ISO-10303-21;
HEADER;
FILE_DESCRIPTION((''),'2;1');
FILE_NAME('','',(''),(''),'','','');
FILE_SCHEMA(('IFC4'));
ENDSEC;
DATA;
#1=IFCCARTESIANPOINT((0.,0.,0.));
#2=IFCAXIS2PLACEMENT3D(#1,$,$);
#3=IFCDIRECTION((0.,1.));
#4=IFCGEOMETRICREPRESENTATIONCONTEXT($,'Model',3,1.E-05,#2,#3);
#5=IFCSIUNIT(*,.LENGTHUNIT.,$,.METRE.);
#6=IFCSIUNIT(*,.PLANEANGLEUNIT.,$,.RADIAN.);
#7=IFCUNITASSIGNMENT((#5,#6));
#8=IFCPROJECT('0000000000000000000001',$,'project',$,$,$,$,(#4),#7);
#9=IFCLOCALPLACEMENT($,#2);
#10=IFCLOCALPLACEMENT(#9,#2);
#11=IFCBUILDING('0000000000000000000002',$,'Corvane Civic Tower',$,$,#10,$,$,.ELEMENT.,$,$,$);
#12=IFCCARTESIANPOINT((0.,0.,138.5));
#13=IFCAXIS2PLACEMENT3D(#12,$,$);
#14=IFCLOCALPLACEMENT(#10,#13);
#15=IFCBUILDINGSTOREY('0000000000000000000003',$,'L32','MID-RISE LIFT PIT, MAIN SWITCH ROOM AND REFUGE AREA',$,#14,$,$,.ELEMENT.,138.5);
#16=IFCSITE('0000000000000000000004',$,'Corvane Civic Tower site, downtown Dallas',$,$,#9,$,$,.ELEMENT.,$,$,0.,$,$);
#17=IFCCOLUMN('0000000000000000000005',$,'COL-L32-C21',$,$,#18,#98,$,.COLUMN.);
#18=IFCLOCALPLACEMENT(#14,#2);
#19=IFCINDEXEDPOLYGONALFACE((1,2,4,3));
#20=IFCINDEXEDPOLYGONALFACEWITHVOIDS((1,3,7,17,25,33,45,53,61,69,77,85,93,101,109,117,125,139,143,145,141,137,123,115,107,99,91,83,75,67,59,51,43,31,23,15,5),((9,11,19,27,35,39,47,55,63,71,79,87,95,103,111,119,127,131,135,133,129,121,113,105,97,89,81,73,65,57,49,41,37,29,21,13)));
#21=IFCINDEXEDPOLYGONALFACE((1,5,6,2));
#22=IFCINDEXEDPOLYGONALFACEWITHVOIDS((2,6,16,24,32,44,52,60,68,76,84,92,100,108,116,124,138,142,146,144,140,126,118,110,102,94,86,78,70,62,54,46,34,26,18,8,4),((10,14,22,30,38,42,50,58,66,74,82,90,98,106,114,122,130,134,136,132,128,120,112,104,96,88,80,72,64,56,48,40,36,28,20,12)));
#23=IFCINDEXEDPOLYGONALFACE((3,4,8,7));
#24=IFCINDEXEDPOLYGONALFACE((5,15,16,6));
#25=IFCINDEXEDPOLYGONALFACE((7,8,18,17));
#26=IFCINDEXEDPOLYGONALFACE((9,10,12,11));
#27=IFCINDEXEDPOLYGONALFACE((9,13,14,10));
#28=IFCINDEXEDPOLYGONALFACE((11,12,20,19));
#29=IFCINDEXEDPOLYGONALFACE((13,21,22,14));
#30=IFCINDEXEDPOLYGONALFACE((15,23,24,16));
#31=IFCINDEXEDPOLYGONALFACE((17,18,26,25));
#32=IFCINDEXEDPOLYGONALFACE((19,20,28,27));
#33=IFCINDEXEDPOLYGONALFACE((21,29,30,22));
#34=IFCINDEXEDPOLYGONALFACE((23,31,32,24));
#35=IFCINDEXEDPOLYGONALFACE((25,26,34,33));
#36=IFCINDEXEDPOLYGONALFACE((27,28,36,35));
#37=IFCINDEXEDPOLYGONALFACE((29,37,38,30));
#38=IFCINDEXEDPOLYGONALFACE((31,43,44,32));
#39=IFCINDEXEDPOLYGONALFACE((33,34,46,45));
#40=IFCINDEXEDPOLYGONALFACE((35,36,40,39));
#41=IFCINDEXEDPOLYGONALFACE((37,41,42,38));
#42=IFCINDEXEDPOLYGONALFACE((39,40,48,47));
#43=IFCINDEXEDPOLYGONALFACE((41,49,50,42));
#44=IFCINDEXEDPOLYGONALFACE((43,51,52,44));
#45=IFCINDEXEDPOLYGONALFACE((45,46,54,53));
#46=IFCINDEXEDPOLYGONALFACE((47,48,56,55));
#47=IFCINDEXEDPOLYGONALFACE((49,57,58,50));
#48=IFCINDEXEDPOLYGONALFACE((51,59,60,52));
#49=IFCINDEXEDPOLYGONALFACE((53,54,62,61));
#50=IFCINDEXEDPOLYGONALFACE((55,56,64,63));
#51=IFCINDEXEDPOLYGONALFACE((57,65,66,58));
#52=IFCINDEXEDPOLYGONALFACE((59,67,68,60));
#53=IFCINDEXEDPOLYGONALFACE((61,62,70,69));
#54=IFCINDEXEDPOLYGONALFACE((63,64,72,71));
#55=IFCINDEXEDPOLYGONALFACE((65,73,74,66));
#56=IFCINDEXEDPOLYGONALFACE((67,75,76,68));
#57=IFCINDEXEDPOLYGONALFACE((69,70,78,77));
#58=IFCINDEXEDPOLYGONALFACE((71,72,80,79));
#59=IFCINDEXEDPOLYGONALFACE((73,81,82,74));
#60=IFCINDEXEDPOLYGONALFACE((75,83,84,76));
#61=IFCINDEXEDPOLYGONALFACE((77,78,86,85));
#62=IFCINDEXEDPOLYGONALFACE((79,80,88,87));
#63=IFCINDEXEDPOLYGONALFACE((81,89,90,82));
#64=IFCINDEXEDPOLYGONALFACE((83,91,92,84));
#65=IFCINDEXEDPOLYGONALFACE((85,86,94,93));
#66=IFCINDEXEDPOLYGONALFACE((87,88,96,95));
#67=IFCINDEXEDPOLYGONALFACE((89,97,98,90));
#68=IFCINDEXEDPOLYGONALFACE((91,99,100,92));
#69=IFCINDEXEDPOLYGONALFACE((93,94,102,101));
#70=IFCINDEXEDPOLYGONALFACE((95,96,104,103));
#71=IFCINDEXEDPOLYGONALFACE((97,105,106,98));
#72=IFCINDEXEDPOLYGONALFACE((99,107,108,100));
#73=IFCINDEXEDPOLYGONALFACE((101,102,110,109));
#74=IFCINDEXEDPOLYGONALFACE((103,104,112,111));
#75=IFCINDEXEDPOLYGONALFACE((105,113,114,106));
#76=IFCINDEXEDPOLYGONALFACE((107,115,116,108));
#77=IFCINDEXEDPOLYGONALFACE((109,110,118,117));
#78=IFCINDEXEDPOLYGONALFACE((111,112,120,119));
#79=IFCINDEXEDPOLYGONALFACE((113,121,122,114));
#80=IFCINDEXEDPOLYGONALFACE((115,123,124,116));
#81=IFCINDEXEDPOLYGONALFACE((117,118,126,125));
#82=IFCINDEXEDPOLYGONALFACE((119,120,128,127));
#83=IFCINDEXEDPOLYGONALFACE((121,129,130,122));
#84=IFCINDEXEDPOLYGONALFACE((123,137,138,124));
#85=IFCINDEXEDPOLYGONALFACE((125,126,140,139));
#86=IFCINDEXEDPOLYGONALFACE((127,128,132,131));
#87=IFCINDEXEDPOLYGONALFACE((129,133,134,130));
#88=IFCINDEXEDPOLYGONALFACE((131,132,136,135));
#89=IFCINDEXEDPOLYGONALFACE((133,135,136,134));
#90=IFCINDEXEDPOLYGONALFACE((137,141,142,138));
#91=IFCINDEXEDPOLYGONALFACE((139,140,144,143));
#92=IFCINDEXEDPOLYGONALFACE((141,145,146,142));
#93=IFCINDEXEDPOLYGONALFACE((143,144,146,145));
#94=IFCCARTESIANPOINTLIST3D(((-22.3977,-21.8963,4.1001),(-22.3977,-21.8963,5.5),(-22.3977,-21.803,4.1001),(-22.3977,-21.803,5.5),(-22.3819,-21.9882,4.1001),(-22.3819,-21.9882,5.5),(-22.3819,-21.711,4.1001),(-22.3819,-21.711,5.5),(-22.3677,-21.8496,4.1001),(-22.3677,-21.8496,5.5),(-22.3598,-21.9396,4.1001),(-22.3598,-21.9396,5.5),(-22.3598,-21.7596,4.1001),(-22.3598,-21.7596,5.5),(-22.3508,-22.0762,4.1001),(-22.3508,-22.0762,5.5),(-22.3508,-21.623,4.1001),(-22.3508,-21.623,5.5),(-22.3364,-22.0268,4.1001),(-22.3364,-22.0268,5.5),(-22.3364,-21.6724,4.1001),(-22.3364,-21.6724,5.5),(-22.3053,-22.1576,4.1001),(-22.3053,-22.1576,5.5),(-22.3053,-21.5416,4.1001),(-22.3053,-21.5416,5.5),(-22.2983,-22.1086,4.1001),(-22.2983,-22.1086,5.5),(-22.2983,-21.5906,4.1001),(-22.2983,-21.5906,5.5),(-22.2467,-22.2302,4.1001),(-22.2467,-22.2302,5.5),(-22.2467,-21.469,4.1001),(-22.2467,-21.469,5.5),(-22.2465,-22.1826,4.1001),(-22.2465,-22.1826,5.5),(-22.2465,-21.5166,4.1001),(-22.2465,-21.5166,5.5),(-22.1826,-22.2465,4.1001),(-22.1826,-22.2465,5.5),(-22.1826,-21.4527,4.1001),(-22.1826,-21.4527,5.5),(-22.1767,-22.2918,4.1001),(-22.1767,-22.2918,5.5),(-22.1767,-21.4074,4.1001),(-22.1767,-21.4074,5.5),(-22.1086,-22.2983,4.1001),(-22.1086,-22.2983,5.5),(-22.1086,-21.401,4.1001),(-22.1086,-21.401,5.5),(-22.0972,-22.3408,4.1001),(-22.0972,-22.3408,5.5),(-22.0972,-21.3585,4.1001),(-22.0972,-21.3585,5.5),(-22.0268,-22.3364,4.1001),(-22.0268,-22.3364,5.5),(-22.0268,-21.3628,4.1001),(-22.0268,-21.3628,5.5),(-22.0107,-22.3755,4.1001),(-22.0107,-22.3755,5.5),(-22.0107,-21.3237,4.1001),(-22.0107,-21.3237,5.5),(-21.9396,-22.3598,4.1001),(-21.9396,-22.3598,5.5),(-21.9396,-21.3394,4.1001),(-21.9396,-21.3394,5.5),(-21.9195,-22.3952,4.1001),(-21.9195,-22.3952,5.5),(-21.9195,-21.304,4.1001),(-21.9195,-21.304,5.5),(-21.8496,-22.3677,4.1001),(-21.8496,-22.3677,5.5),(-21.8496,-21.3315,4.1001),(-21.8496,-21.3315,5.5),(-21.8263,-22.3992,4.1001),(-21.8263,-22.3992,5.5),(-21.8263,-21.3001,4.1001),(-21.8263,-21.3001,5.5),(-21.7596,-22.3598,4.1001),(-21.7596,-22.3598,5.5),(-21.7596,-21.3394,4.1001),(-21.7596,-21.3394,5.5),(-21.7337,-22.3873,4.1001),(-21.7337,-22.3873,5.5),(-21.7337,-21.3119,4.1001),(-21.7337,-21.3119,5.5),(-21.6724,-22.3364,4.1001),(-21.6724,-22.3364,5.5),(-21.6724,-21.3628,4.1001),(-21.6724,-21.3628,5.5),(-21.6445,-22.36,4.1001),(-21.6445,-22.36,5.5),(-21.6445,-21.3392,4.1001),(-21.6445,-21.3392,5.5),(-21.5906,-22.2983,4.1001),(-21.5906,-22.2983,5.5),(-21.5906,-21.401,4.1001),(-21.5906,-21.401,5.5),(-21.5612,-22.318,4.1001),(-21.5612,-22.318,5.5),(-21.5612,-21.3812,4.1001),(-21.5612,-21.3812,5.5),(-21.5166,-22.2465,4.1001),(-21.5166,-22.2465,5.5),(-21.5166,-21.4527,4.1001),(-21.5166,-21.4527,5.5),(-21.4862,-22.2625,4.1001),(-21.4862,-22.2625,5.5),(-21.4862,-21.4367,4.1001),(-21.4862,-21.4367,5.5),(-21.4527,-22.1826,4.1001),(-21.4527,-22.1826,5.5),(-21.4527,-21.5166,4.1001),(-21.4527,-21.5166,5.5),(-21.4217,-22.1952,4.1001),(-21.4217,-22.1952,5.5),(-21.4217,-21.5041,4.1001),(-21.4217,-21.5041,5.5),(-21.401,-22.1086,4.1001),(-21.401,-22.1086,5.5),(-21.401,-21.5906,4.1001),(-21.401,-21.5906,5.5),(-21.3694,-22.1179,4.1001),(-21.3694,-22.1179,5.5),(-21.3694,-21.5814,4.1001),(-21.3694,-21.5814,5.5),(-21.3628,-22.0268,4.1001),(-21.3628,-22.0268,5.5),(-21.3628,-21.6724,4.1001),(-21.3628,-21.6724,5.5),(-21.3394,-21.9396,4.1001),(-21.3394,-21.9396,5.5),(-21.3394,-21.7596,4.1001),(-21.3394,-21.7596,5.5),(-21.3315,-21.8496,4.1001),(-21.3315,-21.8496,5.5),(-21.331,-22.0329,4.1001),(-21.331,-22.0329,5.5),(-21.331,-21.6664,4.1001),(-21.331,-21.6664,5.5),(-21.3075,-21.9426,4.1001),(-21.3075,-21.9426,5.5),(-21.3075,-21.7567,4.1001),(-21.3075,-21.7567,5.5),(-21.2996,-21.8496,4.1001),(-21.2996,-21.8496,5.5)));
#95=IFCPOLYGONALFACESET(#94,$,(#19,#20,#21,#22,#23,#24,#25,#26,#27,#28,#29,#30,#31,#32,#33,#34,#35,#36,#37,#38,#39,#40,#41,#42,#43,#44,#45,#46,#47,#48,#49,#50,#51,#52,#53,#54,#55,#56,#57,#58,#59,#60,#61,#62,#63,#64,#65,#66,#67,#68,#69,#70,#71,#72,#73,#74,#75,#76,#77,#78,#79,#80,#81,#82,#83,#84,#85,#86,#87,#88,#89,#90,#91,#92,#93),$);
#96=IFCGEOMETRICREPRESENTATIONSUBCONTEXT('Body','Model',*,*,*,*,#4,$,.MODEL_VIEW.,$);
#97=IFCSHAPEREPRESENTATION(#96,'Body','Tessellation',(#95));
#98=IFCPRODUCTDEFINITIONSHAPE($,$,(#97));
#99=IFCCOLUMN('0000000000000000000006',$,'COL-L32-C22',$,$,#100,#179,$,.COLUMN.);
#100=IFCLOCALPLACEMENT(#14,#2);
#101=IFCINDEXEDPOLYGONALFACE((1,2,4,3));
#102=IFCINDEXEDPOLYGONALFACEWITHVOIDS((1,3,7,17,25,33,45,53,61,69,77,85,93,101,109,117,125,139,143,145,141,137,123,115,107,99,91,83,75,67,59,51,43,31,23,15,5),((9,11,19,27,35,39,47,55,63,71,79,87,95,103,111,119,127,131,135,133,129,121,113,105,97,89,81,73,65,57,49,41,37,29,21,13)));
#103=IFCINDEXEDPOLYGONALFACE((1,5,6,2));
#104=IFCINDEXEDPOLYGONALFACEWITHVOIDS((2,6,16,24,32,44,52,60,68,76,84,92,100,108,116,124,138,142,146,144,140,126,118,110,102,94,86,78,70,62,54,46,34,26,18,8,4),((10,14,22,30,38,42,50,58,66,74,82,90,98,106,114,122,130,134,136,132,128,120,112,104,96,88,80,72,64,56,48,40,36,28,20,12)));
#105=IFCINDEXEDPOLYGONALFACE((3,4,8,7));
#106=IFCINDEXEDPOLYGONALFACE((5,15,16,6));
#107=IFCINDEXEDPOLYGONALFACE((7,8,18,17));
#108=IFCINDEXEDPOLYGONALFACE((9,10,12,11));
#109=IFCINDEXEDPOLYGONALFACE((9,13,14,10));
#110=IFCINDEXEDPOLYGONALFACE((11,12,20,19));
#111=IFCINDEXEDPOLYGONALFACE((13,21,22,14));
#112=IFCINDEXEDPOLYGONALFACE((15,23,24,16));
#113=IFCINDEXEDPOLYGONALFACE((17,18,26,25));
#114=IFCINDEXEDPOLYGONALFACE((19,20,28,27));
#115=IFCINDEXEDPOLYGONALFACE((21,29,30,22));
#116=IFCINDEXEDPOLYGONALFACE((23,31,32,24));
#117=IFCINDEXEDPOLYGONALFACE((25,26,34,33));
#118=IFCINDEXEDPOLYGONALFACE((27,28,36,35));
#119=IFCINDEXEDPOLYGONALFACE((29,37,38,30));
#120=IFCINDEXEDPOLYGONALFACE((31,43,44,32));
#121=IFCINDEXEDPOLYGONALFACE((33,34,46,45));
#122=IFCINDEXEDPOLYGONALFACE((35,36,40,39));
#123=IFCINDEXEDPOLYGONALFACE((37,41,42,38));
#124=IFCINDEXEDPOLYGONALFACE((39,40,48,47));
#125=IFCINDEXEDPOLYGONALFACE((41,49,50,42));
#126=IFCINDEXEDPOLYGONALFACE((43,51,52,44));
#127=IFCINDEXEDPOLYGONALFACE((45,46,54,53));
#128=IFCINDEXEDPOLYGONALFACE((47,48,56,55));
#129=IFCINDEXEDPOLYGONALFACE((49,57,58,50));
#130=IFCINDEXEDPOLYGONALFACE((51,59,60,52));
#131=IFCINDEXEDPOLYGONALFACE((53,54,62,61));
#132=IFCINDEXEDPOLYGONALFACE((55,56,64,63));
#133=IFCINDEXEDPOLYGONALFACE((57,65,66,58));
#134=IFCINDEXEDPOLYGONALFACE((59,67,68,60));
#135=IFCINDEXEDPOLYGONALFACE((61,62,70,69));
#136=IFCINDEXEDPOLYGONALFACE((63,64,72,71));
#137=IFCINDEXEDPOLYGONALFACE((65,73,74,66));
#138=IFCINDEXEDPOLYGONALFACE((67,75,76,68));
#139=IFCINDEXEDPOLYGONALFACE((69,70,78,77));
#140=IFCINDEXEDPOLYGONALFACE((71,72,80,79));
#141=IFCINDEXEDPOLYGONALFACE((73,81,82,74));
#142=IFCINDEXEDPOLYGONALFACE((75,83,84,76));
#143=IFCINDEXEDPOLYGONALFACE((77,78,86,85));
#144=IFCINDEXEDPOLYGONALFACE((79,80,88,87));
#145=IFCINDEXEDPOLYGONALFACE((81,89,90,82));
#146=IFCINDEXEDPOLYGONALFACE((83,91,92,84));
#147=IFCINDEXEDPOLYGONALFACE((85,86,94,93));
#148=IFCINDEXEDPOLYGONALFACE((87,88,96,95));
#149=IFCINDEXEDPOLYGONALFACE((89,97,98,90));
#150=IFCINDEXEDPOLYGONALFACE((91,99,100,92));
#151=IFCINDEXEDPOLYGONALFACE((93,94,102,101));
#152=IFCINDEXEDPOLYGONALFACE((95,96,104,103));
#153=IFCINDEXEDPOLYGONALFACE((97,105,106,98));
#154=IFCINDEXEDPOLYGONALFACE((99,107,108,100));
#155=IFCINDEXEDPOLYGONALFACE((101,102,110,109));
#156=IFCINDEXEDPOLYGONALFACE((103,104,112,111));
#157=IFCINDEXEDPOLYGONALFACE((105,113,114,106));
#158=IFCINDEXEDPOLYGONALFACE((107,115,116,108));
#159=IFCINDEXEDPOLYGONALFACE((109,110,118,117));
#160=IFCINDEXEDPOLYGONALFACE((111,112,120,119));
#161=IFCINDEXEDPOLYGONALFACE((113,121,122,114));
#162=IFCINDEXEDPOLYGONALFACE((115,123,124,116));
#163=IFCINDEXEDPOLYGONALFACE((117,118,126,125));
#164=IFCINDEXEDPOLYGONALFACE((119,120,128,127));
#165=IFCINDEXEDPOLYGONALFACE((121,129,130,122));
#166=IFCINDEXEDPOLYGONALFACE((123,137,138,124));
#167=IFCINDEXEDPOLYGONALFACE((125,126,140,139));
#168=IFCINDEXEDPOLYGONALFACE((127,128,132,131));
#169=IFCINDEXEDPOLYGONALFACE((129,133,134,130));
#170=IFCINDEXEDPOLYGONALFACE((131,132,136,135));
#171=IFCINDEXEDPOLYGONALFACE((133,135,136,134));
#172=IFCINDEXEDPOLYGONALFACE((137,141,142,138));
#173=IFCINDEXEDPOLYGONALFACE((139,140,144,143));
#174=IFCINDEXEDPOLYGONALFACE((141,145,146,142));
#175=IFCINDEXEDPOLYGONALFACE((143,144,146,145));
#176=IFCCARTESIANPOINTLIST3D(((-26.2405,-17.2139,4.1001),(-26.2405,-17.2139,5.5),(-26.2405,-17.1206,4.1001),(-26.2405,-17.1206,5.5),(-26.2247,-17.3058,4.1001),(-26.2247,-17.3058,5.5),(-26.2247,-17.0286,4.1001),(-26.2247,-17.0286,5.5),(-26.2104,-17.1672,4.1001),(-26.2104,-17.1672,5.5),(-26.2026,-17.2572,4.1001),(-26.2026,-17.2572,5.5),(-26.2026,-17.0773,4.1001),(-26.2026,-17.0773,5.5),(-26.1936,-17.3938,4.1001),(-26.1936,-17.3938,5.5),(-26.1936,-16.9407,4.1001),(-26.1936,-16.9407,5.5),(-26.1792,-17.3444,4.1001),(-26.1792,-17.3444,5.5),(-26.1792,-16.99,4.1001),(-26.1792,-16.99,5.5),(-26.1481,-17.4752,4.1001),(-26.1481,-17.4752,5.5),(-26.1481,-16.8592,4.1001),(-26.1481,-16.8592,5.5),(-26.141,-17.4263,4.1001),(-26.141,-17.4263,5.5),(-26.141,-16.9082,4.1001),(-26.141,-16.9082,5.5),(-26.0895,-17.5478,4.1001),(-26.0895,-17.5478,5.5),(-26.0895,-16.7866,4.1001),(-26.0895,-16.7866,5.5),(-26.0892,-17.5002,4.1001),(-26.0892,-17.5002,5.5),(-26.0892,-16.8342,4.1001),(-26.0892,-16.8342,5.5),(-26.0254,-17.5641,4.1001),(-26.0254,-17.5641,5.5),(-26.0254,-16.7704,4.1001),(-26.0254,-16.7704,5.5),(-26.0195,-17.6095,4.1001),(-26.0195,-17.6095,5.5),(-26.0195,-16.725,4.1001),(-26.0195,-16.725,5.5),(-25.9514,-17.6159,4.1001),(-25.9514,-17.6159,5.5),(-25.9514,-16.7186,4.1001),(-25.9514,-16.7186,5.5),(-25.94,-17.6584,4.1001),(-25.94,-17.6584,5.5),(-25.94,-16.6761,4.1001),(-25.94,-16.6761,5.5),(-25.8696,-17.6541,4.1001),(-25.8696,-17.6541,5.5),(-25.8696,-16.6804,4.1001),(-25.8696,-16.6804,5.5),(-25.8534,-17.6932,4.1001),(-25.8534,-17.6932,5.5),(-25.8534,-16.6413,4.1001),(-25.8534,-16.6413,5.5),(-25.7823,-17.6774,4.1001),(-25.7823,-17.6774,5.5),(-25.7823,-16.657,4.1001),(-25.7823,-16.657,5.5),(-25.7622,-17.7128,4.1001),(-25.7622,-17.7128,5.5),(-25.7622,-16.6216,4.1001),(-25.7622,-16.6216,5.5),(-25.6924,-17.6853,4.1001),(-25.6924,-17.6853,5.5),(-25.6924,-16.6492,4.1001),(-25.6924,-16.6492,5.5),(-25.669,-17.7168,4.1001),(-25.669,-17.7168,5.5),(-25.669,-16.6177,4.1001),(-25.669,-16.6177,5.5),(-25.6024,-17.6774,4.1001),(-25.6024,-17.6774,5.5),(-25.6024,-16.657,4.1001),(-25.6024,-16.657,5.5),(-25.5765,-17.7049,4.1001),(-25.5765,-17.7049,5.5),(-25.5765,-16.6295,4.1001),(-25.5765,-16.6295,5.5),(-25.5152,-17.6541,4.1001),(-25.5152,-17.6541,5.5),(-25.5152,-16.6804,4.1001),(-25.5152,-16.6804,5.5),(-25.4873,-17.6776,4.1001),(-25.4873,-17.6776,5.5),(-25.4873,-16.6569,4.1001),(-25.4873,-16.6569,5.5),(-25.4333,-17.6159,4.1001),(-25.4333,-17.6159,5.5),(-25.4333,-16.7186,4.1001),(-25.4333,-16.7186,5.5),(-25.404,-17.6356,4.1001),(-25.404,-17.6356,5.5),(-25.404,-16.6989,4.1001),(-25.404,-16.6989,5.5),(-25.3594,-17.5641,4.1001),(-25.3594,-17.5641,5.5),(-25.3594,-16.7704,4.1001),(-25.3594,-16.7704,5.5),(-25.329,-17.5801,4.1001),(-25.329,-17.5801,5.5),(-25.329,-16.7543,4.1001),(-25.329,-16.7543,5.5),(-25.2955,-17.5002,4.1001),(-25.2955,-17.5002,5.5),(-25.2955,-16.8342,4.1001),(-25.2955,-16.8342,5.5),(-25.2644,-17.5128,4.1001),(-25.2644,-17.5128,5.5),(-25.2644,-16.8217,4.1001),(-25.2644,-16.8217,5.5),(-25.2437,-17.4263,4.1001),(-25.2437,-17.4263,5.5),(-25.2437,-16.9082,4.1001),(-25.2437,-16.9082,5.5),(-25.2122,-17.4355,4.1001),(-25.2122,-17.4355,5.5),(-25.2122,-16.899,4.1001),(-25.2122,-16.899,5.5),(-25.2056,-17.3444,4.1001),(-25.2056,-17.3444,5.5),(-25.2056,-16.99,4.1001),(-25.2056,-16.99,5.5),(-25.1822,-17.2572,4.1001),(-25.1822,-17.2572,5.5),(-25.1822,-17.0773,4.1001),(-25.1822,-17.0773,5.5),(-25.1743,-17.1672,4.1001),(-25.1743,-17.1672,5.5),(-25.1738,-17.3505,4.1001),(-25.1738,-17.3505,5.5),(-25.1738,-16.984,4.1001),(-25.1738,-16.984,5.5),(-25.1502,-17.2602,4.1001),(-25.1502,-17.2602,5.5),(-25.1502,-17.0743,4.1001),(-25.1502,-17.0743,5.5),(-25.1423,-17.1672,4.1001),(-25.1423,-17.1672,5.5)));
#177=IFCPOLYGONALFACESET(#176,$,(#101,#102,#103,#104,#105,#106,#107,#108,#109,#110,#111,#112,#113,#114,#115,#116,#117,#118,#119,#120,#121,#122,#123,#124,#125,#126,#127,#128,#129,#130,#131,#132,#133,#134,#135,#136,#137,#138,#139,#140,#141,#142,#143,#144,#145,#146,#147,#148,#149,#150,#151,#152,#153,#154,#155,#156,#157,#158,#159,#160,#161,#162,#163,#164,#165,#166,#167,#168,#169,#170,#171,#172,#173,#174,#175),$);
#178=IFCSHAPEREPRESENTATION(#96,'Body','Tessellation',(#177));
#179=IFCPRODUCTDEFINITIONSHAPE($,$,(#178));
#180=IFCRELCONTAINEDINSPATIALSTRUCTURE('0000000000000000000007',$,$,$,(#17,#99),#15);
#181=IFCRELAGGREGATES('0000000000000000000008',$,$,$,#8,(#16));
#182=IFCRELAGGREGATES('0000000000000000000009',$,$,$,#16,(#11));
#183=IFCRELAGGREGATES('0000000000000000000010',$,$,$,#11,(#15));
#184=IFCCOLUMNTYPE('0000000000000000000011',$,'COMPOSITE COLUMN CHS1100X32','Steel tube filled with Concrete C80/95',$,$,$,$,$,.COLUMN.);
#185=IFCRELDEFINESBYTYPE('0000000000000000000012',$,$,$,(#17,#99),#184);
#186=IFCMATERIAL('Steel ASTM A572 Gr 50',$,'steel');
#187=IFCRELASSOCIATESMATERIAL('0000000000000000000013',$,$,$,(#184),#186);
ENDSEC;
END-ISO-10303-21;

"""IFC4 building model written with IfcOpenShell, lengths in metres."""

from ifc_helpers import new_model, si_unit, direction, frame, origin, origin_2d, place, context, subcontext, project, spatial, hollow_circle, extrude, material, material_profile, profile_set, type_object, element, save


model = new_model("IFC4")

# Units and contexts
model_context = context("Model", 3, precision=1e-05, world=origin(), true_north=direction((0.0, 1.0)))
body_context = subcontext(model_context, "Body", "Model", "MODEL_VIEW")
ifc_project = project(units=[si_unit("LENGTHUNIT", "METRE"), si_unit("PLANEANGLEUNIT", "RADIAN")], contexts=[model_context])

# Site, building, storey
site_placement = place(None, origin())
site = spatial("IfcSite", under=ifc_project, at=site_placement, Name="Corvane Civic Tower site, downtown Dallas", CompositionType="ELEMENT", RefElevation=0.0)
building_placement = place(site_placement, origin())
building = spatial("IfcBuilding", under=site, at=building_placement, Name="Corvane Civic Tower", CompositionType="ELEMENT")
storey_placement = place(building_placement, frame((0.0, 0.0, 138.5)))
storey = spatial("IfcBuildingStorey", under=building, at=storey_placement, Name="L32", Description="MID-RISE LIFT PIT, MAIN SWITCH ROOM AND REFUGE AREA", CompositionType="ELEMENT", Elevation=138.5)

# Columns
ifc_material_1 = material(Name="Steel ASTM A572 Gr 50", Category="steel")
ifc_material_profile_1 = material_profile(ifc_material_1, hollow_circle(Radius=0.55, WallThickness=0.032, at=origin_2d()), Name="CHS1100X32")
ifc_profile_set_1 = profile_set([ifc_material_profile_1], Name="Steel ASTM A572 Gr 50")
column_type_1 = type_object("IfcColumnType", Name="COMPOSITE COLUMN CHS1100X32", Description="Steel tube filled with Concrete C80/95", PredefinedType="COLUMN", material=ifc_profile_set_1)
for number, where, z_axis, x_axis, name in (
    (1, (-21.8496, -21.8496, 4.1001), (0.0, 0.0, 1.0), (1.0, 0.0, 0.0), "COL-L32-C21"),
    (2, (-25.6924, -17.1672, 4.1001), (0.0, 0.0, 1.0), (1.0, 0.0, 0.0), "COL-L32-C22"),
):
    element("IfcColumn", number, at=place(storey_placement, frame(where, z_axis=z_axis, x_axis=x_axis)), inside=storey, type_object=column_type_1, Name=name, PredefinedType="COLUMN", context=body_context, shape_type="SweptSolid", body=[
        extrude(hollow_circle(Radius=0.55, WallThickness=0.032, at=origin_2d()), origin(), (0.0, 0.0, 1.0), 1.3999),
    ])

save(model, "model.ifc")
